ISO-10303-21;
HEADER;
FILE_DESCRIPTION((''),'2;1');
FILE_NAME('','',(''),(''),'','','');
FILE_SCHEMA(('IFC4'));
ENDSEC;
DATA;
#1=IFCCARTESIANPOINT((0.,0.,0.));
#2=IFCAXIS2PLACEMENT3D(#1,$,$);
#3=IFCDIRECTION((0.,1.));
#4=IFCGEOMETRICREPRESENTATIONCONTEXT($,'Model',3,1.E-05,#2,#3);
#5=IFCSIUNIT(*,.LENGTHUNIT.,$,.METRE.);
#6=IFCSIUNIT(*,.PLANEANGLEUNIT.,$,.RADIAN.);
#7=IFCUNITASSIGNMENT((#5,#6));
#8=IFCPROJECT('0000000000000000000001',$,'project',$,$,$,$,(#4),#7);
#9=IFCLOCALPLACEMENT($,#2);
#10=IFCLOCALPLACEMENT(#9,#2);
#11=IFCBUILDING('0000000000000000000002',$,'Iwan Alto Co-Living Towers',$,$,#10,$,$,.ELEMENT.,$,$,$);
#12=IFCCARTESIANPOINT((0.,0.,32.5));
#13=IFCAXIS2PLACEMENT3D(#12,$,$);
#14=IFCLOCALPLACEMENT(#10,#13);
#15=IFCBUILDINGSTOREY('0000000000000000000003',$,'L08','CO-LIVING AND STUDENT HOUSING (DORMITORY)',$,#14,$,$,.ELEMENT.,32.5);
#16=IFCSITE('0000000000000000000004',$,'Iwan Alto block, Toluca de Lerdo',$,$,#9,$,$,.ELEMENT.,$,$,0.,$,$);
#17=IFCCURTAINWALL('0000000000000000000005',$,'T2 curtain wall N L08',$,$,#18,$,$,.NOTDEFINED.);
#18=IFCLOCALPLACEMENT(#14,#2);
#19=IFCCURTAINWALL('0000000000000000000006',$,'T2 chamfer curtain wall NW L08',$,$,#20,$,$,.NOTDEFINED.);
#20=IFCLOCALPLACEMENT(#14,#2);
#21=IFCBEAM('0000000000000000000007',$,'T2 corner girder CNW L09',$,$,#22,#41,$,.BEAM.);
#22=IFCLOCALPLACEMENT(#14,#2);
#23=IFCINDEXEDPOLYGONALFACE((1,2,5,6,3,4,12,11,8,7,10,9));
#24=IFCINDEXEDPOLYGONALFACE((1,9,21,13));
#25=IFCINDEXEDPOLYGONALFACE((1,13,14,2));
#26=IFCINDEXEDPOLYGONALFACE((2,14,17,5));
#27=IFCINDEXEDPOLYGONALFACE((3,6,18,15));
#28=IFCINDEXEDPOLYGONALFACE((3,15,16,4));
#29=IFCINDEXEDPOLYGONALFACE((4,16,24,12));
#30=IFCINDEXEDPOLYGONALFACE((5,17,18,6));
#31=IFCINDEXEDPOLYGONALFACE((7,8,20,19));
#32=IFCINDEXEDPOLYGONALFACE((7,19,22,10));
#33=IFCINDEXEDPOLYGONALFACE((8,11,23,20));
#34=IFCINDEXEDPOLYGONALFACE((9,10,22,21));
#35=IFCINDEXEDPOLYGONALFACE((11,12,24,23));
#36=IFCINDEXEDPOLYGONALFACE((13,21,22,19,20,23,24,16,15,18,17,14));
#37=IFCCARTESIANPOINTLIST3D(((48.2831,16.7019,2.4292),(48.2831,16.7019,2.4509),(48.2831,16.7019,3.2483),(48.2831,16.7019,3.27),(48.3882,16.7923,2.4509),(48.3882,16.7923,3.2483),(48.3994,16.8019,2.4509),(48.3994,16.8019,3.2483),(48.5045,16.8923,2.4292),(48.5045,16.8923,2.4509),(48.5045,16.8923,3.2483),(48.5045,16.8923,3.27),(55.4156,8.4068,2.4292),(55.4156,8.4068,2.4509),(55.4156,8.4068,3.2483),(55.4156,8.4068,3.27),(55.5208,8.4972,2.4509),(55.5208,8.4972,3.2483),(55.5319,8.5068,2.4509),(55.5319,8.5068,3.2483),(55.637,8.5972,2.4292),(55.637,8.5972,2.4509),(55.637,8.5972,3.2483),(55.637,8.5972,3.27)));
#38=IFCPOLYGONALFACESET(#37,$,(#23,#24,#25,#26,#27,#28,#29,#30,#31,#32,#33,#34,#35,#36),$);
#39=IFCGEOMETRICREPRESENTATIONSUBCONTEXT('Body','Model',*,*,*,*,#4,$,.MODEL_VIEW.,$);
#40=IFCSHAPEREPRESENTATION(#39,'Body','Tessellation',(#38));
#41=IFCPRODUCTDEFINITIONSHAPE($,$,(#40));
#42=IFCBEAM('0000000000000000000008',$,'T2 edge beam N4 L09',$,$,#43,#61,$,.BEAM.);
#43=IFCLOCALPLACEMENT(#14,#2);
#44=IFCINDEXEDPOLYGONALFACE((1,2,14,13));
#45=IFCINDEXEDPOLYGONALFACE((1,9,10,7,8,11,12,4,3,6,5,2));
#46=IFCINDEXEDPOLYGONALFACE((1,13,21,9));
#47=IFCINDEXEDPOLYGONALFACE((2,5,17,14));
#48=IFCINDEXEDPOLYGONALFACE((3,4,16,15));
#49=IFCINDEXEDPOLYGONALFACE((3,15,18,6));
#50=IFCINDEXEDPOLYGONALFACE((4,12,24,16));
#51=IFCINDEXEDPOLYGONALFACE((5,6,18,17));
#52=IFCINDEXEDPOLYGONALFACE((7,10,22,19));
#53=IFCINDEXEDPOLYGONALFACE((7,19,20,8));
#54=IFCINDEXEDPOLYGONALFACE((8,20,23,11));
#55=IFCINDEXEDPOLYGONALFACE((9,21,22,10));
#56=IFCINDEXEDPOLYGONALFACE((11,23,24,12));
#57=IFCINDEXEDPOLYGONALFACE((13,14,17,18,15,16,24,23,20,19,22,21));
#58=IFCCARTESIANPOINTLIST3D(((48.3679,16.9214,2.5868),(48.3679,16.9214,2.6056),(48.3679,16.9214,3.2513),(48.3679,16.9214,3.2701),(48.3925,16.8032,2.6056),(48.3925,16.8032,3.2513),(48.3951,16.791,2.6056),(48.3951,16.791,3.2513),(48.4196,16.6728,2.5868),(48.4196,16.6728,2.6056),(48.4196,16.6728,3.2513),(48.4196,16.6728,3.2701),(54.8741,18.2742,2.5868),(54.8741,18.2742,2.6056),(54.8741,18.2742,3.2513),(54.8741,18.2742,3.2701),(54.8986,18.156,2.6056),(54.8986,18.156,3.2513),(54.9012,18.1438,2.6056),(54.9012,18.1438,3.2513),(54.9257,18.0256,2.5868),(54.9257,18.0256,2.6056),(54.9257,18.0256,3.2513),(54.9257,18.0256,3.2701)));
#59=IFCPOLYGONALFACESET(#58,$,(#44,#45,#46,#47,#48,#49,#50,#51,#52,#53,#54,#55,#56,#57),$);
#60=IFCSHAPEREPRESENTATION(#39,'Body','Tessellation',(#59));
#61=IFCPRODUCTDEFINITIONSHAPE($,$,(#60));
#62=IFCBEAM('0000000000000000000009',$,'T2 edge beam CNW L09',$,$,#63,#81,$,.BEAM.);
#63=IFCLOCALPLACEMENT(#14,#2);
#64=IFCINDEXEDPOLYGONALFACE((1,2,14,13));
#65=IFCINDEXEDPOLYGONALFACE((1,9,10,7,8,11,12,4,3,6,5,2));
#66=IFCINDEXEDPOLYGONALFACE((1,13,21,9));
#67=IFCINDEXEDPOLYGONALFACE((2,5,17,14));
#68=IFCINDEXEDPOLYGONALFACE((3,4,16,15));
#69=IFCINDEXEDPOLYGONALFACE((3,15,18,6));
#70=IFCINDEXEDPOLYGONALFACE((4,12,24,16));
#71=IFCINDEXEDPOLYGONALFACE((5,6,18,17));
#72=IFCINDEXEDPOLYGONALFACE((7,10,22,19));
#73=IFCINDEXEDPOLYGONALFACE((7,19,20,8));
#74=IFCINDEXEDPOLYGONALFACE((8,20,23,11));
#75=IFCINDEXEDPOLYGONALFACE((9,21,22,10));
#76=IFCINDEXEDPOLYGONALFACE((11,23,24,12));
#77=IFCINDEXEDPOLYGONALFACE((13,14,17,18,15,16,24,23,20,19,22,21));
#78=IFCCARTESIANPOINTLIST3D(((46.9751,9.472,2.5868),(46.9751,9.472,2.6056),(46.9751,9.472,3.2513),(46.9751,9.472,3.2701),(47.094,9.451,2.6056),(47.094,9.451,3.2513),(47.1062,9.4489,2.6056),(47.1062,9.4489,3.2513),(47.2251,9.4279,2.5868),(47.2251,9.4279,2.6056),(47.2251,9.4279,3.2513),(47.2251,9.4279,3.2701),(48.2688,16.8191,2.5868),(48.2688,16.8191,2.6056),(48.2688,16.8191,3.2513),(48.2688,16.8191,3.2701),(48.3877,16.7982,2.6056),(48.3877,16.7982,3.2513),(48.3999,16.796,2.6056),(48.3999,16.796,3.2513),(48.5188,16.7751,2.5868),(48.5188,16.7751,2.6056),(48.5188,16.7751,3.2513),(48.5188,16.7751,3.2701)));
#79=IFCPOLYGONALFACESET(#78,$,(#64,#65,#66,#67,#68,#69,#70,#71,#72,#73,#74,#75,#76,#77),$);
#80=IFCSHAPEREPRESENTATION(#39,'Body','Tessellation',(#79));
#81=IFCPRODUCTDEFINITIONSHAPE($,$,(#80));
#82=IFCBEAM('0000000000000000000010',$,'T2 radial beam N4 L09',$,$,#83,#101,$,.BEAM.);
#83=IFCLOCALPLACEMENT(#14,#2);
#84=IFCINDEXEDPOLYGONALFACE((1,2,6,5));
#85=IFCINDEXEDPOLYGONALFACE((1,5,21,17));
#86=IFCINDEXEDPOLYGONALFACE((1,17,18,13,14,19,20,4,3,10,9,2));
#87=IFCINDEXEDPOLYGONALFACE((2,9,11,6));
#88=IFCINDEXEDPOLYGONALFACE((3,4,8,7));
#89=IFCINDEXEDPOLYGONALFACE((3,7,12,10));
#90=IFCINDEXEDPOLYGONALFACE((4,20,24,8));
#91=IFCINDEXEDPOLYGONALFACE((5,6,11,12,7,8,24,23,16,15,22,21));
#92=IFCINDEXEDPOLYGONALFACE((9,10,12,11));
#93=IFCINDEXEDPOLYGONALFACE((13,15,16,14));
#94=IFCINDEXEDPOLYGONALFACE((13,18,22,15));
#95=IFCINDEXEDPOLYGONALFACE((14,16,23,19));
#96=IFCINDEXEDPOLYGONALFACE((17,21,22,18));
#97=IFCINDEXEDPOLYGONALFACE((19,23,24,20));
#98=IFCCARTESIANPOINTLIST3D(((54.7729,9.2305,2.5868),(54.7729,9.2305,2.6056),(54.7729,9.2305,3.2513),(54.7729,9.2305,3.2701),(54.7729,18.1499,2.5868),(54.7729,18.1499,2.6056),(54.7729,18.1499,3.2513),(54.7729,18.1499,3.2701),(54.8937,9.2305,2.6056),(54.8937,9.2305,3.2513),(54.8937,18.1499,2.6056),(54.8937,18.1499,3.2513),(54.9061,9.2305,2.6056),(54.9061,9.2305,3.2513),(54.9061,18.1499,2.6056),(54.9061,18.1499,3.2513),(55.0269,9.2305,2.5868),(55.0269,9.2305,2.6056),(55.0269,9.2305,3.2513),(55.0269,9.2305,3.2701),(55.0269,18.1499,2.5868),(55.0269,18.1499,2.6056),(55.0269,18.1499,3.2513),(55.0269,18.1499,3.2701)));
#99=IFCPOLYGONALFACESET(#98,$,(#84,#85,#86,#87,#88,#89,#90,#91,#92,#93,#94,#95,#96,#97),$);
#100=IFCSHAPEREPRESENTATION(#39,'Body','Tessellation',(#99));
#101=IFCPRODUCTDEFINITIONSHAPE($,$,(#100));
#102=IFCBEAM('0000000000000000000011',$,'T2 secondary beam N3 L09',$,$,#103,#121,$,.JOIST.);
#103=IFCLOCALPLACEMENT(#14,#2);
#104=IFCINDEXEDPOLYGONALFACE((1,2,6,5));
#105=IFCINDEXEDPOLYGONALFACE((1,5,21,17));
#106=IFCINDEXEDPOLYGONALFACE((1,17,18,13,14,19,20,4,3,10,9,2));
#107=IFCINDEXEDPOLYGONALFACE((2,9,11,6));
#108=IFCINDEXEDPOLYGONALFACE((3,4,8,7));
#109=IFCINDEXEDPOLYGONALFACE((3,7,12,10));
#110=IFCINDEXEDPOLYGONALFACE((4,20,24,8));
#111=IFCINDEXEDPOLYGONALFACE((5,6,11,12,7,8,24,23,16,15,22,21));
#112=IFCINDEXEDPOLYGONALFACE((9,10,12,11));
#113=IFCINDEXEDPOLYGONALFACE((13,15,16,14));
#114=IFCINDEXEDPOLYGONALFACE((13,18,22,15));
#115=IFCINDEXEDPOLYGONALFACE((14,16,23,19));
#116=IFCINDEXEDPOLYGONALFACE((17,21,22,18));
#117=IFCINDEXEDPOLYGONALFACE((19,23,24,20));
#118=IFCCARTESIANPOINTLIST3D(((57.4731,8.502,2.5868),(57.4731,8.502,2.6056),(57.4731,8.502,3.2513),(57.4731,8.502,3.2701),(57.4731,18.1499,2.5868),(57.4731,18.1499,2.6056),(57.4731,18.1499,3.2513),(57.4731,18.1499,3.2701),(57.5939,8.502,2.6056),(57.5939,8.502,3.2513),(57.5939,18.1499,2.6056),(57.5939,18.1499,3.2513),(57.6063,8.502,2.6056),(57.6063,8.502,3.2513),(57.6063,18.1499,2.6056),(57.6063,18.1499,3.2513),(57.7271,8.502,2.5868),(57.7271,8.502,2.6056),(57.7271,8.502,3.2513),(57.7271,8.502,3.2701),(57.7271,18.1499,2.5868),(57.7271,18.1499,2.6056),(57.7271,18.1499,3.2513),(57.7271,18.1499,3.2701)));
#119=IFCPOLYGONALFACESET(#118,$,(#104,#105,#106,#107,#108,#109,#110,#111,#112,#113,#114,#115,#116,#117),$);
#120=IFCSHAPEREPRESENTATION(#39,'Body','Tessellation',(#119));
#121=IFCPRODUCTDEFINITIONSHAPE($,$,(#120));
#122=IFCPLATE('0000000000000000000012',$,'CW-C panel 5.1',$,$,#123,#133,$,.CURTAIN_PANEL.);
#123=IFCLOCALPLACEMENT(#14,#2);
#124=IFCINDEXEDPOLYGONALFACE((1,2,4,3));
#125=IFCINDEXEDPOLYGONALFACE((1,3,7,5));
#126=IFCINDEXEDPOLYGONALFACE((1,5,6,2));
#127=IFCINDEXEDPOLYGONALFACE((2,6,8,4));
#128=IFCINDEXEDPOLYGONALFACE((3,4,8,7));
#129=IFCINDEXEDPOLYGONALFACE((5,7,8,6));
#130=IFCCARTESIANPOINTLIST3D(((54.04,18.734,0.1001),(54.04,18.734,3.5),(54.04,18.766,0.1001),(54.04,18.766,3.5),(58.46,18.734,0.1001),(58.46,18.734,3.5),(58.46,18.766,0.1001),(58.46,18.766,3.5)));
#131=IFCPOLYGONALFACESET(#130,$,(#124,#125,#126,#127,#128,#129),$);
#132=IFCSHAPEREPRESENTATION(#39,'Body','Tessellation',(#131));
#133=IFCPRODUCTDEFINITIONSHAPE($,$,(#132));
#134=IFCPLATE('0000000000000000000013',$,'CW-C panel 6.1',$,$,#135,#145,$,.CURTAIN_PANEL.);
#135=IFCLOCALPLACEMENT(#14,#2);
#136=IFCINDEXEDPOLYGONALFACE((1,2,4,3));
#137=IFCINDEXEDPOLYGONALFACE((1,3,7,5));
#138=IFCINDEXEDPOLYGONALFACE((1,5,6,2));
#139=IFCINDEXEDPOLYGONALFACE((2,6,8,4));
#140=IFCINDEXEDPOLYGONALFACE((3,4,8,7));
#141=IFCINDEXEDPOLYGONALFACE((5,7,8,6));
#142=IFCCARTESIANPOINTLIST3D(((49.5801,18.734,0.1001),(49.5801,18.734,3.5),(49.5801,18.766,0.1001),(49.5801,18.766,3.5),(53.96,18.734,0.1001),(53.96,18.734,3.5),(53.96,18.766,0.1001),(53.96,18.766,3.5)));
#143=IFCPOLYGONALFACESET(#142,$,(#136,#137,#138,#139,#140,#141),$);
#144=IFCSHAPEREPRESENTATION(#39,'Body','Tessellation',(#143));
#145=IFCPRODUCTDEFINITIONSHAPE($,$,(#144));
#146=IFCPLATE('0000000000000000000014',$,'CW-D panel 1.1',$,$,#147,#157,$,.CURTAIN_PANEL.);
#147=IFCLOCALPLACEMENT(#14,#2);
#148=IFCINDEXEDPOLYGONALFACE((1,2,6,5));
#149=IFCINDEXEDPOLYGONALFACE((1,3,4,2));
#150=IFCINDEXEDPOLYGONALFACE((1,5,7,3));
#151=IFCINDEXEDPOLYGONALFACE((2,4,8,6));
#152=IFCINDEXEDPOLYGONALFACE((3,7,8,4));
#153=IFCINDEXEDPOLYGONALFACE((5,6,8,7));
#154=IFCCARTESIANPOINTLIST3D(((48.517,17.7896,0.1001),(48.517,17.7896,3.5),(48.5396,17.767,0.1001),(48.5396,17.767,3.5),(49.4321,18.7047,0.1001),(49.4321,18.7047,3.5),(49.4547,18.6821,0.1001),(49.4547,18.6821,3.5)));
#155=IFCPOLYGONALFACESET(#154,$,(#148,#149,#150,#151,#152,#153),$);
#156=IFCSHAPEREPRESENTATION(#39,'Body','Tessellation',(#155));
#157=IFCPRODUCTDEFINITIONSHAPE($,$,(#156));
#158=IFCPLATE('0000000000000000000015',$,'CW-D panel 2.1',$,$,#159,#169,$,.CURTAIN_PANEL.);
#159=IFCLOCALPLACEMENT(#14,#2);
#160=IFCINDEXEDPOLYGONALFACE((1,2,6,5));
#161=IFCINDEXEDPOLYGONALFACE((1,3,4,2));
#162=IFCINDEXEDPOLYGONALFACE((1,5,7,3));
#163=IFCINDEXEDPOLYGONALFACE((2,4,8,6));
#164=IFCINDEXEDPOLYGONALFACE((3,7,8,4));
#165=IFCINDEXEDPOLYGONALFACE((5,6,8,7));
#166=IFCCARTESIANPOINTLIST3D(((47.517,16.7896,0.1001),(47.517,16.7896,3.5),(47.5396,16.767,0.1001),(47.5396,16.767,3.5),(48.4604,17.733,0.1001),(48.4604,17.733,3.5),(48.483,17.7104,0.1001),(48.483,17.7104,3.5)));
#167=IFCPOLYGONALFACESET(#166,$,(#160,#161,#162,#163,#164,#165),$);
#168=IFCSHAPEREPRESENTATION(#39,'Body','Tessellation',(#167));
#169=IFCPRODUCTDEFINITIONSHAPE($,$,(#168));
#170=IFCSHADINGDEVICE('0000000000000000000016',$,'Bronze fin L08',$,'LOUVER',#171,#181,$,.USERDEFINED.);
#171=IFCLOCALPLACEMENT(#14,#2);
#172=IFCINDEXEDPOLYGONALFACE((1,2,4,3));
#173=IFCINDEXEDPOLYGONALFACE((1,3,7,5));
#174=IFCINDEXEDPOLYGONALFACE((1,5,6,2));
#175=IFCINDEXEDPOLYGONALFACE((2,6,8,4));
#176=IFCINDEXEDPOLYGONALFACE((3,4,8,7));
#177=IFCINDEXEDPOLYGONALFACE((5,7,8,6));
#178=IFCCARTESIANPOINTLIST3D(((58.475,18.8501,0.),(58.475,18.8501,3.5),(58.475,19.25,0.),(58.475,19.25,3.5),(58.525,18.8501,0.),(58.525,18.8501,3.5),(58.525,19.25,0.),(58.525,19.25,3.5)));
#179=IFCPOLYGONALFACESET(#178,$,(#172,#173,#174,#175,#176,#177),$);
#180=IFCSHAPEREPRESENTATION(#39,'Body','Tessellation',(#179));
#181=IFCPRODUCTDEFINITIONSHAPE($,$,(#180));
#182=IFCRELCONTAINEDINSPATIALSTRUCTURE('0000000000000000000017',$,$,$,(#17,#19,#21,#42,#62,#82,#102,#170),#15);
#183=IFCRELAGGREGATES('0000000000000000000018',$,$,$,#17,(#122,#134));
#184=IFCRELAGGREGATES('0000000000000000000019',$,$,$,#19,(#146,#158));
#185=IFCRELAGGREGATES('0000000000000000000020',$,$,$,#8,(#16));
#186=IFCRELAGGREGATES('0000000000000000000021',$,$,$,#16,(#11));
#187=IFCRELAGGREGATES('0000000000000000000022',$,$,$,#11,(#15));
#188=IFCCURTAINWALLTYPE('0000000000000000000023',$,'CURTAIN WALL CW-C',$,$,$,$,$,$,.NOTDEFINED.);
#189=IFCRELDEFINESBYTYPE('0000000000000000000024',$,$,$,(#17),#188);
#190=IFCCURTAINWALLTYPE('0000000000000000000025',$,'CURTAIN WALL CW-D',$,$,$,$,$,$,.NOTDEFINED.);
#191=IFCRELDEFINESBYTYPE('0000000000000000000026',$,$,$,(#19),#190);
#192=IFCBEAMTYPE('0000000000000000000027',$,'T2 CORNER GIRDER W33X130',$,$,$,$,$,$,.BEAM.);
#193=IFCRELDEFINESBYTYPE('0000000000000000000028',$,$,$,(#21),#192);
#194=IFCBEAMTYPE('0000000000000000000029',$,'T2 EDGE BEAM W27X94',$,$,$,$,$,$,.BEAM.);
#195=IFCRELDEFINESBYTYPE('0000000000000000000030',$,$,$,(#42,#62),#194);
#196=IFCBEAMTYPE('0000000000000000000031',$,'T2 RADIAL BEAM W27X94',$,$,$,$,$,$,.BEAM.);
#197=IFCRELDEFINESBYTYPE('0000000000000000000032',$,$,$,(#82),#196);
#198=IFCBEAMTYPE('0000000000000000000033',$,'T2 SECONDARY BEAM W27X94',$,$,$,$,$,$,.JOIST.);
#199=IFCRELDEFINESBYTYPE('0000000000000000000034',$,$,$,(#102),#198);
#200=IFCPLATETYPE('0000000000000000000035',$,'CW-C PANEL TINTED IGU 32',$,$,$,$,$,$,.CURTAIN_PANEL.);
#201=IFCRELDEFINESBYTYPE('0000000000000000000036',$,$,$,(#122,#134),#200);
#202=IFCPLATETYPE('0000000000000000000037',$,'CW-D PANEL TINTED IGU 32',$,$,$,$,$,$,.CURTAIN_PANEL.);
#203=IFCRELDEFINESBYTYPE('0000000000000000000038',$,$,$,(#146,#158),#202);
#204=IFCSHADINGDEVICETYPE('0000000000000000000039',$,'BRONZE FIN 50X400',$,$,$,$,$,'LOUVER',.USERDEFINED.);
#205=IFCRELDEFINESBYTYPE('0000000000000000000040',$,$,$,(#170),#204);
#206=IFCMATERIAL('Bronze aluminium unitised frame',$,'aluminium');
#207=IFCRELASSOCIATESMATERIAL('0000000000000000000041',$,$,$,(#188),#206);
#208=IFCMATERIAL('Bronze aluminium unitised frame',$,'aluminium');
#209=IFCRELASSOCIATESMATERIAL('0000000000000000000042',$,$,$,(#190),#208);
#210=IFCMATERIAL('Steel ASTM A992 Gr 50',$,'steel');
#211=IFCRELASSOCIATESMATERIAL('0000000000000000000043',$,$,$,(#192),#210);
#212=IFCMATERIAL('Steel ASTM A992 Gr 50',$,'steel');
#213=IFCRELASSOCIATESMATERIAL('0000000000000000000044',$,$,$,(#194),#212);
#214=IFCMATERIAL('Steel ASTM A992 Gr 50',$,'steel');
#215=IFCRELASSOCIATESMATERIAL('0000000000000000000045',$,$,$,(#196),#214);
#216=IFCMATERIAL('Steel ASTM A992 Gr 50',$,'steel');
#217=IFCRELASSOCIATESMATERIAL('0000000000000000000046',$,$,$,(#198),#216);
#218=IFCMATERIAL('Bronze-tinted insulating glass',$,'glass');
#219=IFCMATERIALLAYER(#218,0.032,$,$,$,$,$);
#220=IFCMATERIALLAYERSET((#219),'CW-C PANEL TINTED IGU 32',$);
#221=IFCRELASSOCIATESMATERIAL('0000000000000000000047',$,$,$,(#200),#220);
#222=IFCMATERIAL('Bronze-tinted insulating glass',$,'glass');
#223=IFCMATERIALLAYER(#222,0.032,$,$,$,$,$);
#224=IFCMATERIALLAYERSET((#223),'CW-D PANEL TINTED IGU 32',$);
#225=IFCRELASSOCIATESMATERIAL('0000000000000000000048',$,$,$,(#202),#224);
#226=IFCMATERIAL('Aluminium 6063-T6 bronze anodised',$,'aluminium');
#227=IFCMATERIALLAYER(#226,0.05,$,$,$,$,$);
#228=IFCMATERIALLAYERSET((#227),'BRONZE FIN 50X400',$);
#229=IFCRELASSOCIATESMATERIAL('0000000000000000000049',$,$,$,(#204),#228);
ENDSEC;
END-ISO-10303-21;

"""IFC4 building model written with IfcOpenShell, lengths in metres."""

from ifc_helpers import new_model, si_unit, direction, frame, origin, origin_2d, place, context, subcontext, project, spatial, rectangle, i_section, extrude, material, layer, layer_set, material_profile, profile_set, type_object, element, aggregate, save


model = new_model("IFC4")

# Units and contexts
model_context = context("Model", 3, precision=1e-05, world=origin(), true_north=direction((0.0, 1.0)))
body_context = subcontext(model_context, "Body", "Model", "MODEL_VIEW")
ifc_project = project(units=[si_unit("LENGTHUNIT", "METRE"), si_unit("PLANEANGLEUNIT", "RADIAN")], contexts=[model_context])

# Site, building, storey
site_placement = place(None, origin())
site = spatial("IfcSite", under=ifc_project, at=site_placement, Name="Iwan Alto block, Toluca de Lerdo", CompositionType="ELEMENT", RefElevation=0.0)
building_placement = place(site_placement, origin())
building = spatial("IfcBuilding", under=site, at=building_placement, Name="Iwan Alto Co-Living Towers", CompositionType="ELEMENT")
storey_placement = place(building_placement, frame((0.0, 0.0, 32.5)))
storey = spatial("IfcBuildingStorey", under=building, at=storey_placement, Name="L08", Description="CO-LIVING AND STUDENT HOUSING (DORMITORY)", CompositionType="ELEMENT", Elevation=32.5)

# Curtain walls
ifc_material_1 = material(Name="Bronze aluminium unitised frame", Category="aluminium")
curtain_wall_type_1 = type_object("IfcCurtainWallType", Name="CURTAIN WALL CW-C", PredefinedType="NOTDEFINED", material=ifc_material_1)
curtain_wall_1_placement = place(storey_placement, origin())
curtain_wall_1 = element("IfcCurtainWall", 1, at=curtain_wall_1_placement, inside=storey, type_object=curtain_wall_type_1, Name="T2 curtain wall N L08", PredefinedType="NOTDEFINED")
ifc_material_2 = material(Name="Bronze aluminium unitised frame", Category="aluminium")
curtain_wall_type_2 = type_object("IfcCurtainWallType", Name="CURTAIN WALL CW-D", PredefinedType="NOTDEFINED", material=ifc_material_2)
curtain_wall_2_placement = place(storey_placement, origin())
curtain_wall_2 = element("IfcCurtainWall", 2, at=curtain_wall_2_placement, inside=storey, type_object=curtain_wall_type_2, Name="T2 chamfer curtain wall NW L08", PredefinedType="NOTDEFINED")

# Beams
ifc_material_3 = material(Name="Steel ASTM A992 Gr 50", Category="steel")
ifc_material_profile_1 = material_profile(ifc_material_3, i_section(OverallWidth=0.292, OverallDepth=0.8408, WebThickness=0.0146, FlangeThickness=0.0217, at=origin_2d()), Name="W33X130")
ifc_profile_set_1 = profile_set([ifc_material_profile_1], Name="Steel ASTM A992 Gr 50")
beam_type_1 = type_object("IfcBeamType", Name="T2 CORNER GIRDER W33X130", PredefinedType="BEAM", material=ifc_profile_set_1)
beam_1_placement = place(storey_placement, frame((48.3938, 16.7971, 2.8496), z_axis=(0.651972, -0.758243, 0.0), x_axis=(0.758243, 0.651972, 0.0)))
element("IfcBeam", 3, at=beam_1_placement, inside=storey, type_object=beam_type_1, Name="T2 corner girder CNW L09", PredefinedType="BEAM", context=body_context, shape_type="SweptSolid", body=[
    extrude(i_section(OverallWidth=0.292, OverallDepth=0.8408, WebThickness=0.0146, FlangeThickness=0.0217, at=origin_2d()), origin(), (0.0, 0.0, 1.0), 10.9399),
])
ifc_material_4 = material(Name="Steel ASTM A992 Gr 50", Category="steel")
ifc_material_profile_2 = material_profile(ifc_material_4, i_section(OverallWidth=0.2539, OverallDepth=0.6833, WebThickness=0.0125, FlangeThickness=0.0188, at=origin_2d()), Name="W27X94")
ifc_profile_set_2 = profile_set([ifc_material_profile_2], Name="Steel ASTM A992 Gr 50")
beam_type_2 = type_object("IfcBeamType", Name="T2 EDGE BEAM W27X94", PredefinedType="BEAM", material=ifc_profile_set_2)
beam_2_placement = place(storey_placement, frame((54.8999, 18.1499, 2.9285), z_axis=(-0.97906, -0.203571, 0.0), x_axis=(0.203571, -0.97906, 0.0)))
element("IfcBeam", 4, at=beam_2_placement, inside=storey, type_object=beam_type_2, Name="T2 edge beam N4 L09", PredefinedType="BEAM", context=body_context, shape_type="SweptSolid", body=[
    extrude(i_section(OverallWidth=0.2539, OverallDepth=0.6833, WebThickness=0.0125, FlangeThickness=0.0188, at=origin_2d()), origin(), (0.0, 0.0, 1.0), 6.6453),
])
beam_3_placement = place(storey_placement, frame((48.3938, 16.7971, 2.9285), z_axis=(-0.173414, -0.984849, 0.0), x_axis=(0.984849, -0.173414, 0.0)))
element("IfcBeam", 5, at=beam_3_placement, inside=storey, type_object=beam_type_2, Name="T2 edge beam CNW L09", PredefinedType="BEAM", context=body_context, shape_type="SweptSolid", body=[
    extrude(i_section(OverallWidth=0.2539, OverallDepth=0.6833, WebThickness=0.0125, FlangeThickness=0.0188, at=origin_2d()), origin(), (0.0, 0.0, 1.0), 7.4602),
])
ifc_material_5 = material(Name="Steel ASTM A992 Gr 50", Category="steel")
ifc_material_profile_3 = material_profile(ifc_material_5, i_section(OverallWidth=0.2539, OverallDepth=0.6833, WebThickness=0.0125, FlangeThickness=0.0188, at=origin_2d()), Name="W27X94")
ifc_profile_set_3 = profile_set([ifc_material_profile_3], Name="Steel ASTM A992 Gr 50")
beam_type_3 = type_object("IfcBeamType", Name="T2 RADIAL BEAM W27X94", PredefinedType="BEAM", material=ifc_profile_set_3)
beam_4_placement = place(storey_placement, frame((54.8999, 18.1499, 2.9285), z_axis=(0.0, -1.0, 0.0), x_axis=(1.0, 0.0, 0.0)))
element("IfcBeam", 6, at=beam_4_placement, inside=storey, type_object=beam_type_3, Name="T2 radial beam N4 L09", PredefinedType="BEAM", context=body_context, shape_type="SweptSolid", body=[
    extrude(i_section(OverallWidth=0.2539, OverallDepth=0.6833, WebThickness=0.0125, FlangeThickness=0.0188, at=origin_2d()), origin(), (0.0, 0.0, 1.0), 8.9194),
])
ifc_material_6 = material(Name="Steel ASTM A992 Gr 50", Category="steel")
ifc_material_profile_4 = material_profile(ifc_material_6, i_section(OverallWidth=0.2539, OverallDepth=0.6833, WebThickness=0.0125, FlangeThickness=0.0188, at=origin_2d()), Name="W27X94")
ifc_profile_set_4 = profile_set([ifc_material_profile_4], Name="Steel ASTM A992 Gr 50")
beam_type_4 = type_object("IfcBeamType", Name="T2 SECONDARY BEAM W27X94", PredefinedType="JOIST", material=ifc_profile_set_4)
beam_5_placement = place(storey_placement, frame((57.6001, 18.1499, 2.9285), z_axis=(0.0, -1.0, 0.0), x_axis=(1.0, 0.0, 0.0)))
element("IfcBeam", 7, at=beam_5_placement, inside=storey, type_object=beam_type_4, Name="T2 secondary beam N3 L09", PredefinedType="JOIST", context=body_context, shape_type="SweptSolid", body=[
    extrude(i_section(OverallWidth=0.2539, OverallDepth=0.6833, WebThickness=0.0125, FlangeThickness=0.0188, at=origin_2d()), origin(), (0.0, 0.0, 1.0), 9.6479),
])

# Plates
ifc_material_7 = material(Name="Bronze-tinted insulating glass", Category="glass")
ifc_layer_1 = layer(ifc_material_7, 0.032)
ifc_layer_set_1 = layer_set([ifc_layer_1], Name="CW-C PANEL TINTED IGU 32")
plate_type_1 = type_object("IfcPlateType", Name="CW-C PANEL TINTED IGU 32", PredefinedType="CURTAIN_PANEL", material=ifc_layer_set_1)
plate_1_placement = place(storey_placement, frame((56.25, 18.75, 0.1001), z_axis=(0.0, 0.0, 1.0), x_axis=(-1.0, 0.0, 0.0)))
plate_1 = element("IfcPlate", 8, at=plate_1_placement, type_object=plate_type_1, Name="CW-C panel 5.1", PredefinedType="CURTAIN_PANEL", context=body_context, shape_type="SweptSolid", body=[
    extrude(rectangle(XDim=4.4199, YDim=0.032, at=origin_2d()), origin(), (0.0, 0.0, 1.0), 3.3999),
])
plate_2_placement = place(storey_placement, frame((51.77, 18.75, 0.1001), z_axis=(0.0, 0.0, 1.0), x_axis=(-1.0, 0.0, 0.0)))
plate_2 = element("IfcPlate", 9, at=plate_2_placement, type_object=plate_type_1, Name="CW-C panel 6.1", PredefinedType="CURTAIN_PANEL", context=body_context, shape_type="SweptSolid", body=[
    extrude(rectangle(XDim=4.3799, YDim=0.032, at=origin_2d()), origin(), (0.0, 0.0, 1.0), 3.3999),
])
aggregate(curtain_wall_1, [plate_1, plate_2])
ifc_material_8 = material(Name="Bronze-tinted insulating glass", Category="glass")
ifc_layer_2 = layer(ifc_material_8, 0.032)
ifc_layer_set_2 = layer_set([ifc_layer_2], Name="CW-D PANEL TINTED IGU 32")
plate_type_2 = type_object("IfcPlateType", Name="CW-D PANEL TINTED IGU 32", PredefinedType="CURTAIN_PANEL", material=ifc_layer_set_2)
plate_3_placement = place(storey_placement, frame((48.9858, 18.2358, 0.1001), z_axis=(0.0, 0.0, 1.0), x_axis=(-0.707107, -0.707107, 0.0)))
plate_3 = element("IfcPlate", 10, at=plate_3_placement, type_object=plate_type_2, Name="CW-D panel 1.1", PredefinedType="CURTAIN_PANEL", context=body_context, shape_type="SweptSolid", body=[
    extrude(rectangle(XDim=1.2942, YDim=0.032, at=origin_2d()), origin(), (0.0, 0.0, 1.0), 3.3999),
])
plate_4_placement = place(storey_placement, frame((48.0, 17.25, 0.1001), z_axis=(0.0, 0.0, 1.0), x_axis=(-0.707107, -0.707107, 0.0)))
plate_4 = element("IfcPlate", 11, at=plate_4_placement, type_object=plate_type_2, Name="CW-D panel 2.1", PredefinedType="CURTAIN_PANEL", context=body_context, shape_type="SweptSolid", body=[
    extrude(rectangle(XDim=1.3342, YDim=0.032, at=origin_2d()), origin(), (0.0, 0.0, 1.0), 3.3999),
])
aggregate(curtain_wall_2, [plate_3, plate_4])

# Shading device
ifc_material_9 = material(Name="Aluminium 6063-T6 bronze anodised", Category="aluminium")
ifc_layer_3 = layer(ifc_material_9, 0.05)
ifc_layer_set_3 = layer_set([ifc_layer_3], Name="BRONZE FIN 50X400")
shading_device_type = type_object("IfcShadingDeviceType", Name="BRONZE FIN 50X400", ElementType="LOUVER", PredefinedType="USERDEFINED", material=ifc_layer_set_3)
shading_device_placement = place(storey_placement, frame((58.5, 19.05, 0.0), z_axis=(0.0, 0.0, 1.0), x_axis=(-1.0, 0.0, 0.0)))
element("IfcShadingDevice", 12, at=shading_device_placement, inside=storey, type_object=shading_device_type, Name="Bronze fin L08", ObjectType="LOUVER", PredefinedType="USERDEFINED", context=body_context, shape_type="SweptSolid", body=[
    extrude(rectangle(XDim=0.05, YDim=0.3999, at=origin_2d()), origin(), (0.0, 0.0, 1.0), 3.5),
])

save(model, "model.ifc")
